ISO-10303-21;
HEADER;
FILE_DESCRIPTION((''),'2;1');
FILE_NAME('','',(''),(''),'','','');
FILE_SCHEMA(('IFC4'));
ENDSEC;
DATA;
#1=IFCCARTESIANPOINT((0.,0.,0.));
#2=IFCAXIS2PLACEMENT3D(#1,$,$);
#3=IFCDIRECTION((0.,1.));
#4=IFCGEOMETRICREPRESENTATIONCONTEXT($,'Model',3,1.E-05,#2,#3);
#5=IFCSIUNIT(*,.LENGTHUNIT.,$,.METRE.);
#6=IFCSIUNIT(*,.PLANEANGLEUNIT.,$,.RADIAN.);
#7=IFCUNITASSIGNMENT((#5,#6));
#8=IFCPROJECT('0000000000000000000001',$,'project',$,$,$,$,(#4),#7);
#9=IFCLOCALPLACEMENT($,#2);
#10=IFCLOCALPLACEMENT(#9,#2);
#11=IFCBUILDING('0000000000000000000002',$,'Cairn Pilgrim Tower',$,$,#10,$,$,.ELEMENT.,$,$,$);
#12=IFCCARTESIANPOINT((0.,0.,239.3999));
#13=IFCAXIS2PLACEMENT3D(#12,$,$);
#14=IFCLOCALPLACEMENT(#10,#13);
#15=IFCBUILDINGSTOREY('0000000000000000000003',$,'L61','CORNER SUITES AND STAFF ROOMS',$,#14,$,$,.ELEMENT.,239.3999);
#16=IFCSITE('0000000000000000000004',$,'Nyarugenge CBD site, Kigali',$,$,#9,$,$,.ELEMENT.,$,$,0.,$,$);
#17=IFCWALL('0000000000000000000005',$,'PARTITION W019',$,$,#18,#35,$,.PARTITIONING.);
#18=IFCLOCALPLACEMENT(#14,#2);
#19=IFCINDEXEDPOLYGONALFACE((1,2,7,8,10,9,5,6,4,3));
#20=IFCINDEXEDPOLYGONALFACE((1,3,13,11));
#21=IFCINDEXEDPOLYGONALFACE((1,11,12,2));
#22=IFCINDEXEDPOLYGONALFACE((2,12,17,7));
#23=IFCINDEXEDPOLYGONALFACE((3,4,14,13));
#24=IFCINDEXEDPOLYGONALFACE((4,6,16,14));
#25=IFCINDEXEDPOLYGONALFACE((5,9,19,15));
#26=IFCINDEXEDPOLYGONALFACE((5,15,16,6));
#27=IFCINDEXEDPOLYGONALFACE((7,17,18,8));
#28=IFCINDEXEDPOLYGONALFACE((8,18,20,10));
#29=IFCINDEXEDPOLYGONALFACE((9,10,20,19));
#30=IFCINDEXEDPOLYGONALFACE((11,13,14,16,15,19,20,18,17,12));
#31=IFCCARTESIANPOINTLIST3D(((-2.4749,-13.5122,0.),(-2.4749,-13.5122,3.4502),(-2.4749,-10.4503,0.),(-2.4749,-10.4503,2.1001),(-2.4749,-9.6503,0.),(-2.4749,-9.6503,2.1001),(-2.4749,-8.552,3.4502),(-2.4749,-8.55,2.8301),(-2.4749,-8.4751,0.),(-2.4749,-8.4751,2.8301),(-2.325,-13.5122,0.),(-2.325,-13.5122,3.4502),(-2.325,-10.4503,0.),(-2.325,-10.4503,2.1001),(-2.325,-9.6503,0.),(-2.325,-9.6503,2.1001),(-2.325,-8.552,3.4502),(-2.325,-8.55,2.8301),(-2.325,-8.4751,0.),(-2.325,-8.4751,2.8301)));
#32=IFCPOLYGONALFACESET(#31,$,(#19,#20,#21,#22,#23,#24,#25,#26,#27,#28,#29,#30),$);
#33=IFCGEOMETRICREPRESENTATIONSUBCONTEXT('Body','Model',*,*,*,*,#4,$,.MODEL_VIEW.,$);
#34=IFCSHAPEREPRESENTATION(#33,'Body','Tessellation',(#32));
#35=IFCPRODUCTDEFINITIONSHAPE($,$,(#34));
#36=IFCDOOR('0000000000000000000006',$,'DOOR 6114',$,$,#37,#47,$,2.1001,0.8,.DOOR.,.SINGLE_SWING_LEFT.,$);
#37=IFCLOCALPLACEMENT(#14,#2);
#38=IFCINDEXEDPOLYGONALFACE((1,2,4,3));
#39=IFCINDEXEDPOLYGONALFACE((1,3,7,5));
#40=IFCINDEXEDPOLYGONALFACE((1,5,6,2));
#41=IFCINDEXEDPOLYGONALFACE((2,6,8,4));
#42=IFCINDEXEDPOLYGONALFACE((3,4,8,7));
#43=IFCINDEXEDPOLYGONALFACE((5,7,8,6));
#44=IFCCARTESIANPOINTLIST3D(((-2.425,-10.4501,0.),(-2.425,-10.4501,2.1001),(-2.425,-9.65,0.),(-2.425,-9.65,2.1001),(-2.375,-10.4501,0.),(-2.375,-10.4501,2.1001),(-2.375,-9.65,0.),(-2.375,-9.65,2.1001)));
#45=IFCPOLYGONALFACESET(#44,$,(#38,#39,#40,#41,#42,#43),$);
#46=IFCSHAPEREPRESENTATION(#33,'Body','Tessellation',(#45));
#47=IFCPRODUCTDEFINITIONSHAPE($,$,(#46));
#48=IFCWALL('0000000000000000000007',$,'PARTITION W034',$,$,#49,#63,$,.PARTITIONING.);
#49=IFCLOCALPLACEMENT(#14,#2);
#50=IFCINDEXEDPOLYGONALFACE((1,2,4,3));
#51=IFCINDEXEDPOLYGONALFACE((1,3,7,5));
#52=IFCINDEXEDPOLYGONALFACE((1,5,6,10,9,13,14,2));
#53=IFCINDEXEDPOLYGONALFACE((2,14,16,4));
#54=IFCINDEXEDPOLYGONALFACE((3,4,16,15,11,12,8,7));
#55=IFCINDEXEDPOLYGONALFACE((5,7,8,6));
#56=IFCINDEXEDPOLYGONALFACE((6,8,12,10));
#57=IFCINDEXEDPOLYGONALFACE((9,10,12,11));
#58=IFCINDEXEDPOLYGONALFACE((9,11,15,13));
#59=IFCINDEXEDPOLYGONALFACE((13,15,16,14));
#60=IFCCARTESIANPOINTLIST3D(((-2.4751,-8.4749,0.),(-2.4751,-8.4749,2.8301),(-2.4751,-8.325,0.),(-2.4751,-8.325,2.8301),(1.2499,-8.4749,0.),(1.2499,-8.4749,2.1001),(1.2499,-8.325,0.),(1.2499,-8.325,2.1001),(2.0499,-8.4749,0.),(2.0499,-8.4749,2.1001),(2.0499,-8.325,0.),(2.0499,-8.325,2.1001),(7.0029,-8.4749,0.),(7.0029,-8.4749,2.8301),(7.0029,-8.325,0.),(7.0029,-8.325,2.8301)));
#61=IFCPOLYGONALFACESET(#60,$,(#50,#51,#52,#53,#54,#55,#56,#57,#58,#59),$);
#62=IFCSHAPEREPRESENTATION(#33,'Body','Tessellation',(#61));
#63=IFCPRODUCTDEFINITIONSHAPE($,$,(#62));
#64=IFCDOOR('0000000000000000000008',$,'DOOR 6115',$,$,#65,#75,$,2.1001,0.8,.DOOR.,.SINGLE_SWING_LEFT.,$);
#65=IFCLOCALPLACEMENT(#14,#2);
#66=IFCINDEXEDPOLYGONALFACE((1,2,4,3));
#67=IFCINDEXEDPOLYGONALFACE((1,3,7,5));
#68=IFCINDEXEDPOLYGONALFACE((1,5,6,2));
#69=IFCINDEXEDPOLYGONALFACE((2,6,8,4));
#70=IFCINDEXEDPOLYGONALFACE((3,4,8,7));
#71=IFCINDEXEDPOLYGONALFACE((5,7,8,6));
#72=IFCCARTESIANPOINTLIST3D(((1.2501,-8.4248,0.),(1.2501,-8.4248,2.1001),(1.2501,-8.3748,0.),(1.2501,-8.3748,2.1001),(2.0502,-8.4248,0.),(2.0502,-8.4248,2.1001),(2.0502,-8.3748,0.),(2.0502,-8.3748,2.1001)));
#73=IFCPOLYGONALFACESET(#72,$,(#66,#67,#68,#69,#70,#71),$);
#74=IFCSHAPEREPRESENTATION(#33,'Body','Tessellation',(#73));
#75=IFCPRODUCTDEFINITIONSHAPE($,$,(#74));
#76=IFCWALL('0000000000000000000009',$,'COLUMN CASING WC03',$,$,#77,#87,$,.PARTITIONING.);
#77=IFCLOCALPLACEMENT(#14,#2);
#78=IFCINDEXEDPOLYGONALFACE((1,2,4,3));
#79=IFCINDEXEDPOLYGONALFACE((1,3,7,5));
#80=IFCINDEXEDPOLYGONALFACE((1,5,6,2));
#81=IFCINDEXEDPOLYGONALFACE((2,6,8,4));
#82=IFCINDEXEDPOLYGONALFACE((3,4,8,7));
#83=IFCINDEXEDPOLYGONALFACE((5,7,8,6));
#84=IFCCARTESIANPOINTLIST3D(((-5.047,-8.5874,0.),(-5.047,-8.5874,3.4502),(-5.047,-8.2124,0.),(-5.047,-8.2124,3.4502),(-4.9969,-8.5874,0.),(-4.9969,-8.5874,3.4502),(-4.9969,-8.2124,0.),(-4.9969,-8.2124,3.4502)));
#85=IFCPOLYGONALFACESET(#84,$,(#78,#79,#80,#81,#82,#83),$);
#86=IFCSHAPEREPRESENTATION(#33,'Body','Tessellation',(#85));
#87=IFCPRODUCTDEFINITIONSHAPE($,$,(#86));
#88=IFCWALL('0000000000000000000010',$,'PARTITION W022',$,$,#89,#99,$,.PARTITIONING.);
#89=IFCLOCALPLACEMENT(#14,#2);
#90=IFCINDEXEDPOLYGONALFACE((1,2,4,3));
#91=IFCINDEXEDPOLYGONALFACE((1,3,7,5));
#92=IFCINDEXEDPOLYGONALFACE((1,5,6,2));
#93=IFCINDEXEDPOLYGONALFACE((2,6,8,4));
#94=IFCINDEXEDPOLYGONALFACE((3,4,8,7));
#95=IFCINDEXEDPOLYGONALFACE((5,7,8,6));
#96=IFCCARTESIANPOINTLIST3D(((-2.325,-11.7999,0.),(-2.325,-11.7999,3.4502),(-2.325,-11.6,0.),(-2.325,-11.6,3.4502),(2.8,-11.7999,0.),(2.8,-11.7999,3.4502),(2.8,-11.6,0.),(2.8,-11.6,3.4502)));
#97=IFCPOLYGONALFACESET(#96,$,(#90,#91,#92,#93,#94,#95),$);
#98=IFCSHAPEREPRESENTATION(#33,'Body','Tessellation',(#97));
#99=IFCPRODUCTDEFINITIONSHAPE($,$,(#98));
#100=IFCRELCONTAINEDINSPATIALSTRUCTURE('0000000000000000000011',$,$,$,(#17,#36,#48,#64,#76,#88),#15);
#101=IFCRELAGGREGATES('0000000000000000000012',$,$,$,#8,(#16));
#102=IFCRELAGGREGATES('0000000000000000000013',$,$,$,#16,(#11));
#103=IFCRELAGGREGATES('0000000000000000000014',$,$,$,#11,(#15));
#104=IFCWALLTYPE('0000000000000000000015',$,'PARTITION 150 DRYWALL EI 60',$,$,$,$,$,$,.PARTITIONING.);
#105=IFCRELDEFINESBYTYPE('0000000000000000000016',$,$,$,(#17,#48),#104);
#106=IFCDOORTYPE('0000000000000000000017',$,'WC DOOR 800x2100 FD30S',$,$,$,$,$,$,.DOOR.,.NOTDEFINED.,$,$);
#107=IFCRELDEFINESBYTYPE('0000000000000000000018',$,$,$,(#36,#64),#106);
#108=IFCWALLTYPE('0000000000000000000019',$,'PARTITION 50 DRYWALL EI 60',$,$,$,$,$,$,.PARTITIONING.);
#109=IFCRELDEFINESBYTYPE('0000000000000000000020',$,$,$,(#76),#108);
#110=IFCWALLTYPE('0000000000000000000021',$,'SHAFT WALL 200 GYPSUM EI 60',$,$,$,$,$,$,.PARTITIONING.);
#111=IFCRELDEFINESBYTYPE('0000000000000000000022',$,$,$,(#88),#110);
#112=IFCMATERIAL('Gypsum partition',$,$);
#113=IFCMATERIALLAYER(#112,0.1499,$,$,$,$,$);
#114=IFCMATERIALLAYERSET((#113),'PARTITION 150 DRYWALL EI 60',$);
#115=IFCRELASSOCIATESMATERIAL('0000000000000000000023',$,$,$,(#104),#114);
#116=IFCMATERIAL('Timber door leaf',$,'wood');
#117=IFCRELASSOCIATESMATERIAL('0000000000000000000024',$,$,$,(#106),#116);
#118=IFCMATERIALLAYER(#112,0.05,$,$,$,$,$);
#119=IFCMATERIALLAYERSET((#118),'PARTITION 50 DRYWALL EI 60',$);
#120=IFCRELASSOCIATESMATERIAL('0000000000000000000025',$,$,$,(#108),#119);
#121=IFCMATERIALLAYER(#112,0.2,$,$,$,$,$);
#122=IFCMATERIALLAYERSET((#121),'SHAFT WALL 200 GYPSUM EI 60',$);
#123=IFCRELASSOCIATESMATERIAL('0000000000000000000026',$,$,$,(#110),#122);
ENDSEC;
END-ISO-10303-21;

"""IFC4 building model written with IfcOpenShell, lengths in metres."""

from ifc_helpers import new_model, si_unit, direction, frame, frame_2d, origin, place, context, subcontext, project, spatial, polyline, rectangle, outline, extrude, material, layer, layer_set, type_object, element, fill, save


model = new_model("IFC4")

# Units and contexts
model_context = context("Model", 3, precision=1e-05, world=origin(), true_north=direction((0.0, 1.0)))
body_context = subcontext(model_context, "Body", "Model", "MODEL_VIEW")
ifc_project = project(units=[si_unit("LENGTHUNIT", "METRE"), si_unit("PLANEANGLEUNIT", "RADIAN")], contexts=[model_context])

# Site, building, storey
site_placement = place(None, origin())
site = spatial("IfcSite", under=ifc_project, at=site_placement, Name="Nyarugenge CBD site, Kigali", CompositionType="ELEMENT", RefElevation=0.0)
building_placement = place(site_placement, origin())
building = spatial("IfcBuilding", under=site, at=building_placement, Name="Cairn Pilgrim Tower", CompositionType="ELEMENT")
storey_placement = place(building_placement, frame((0.0, 0.0, 239.3999)))
storey = spatial("IfcBuildingStorey", under=building, at=storey_placement, Name="L61", Description="CORNER SUITES AND STAFF ROOMS", CompositionType="ELEMENT", Elevation=239.3999)

# Shared definitions
ifc_material_1 = material(Name="Gypsum partition")
ifc_layer_1 = layer(ifc_material_1, 0.1499)
ifc_layer_set_1 = layer_set([ifc_layer_1], Name="PARTITION 150 DRYWALL EI 60")
wall_type_1 = type_object("IfcWallType", Name="PARTITION 150 DRYWALL EI 60", PredefinedType="PARTITIONING", material=ifc_layer_set_1)

# Walls, openings, doors
wall_1_placement = place(storey_placement, frame((-2.3999, -13.5122, 0.0), z_axis=(0.0, 0.0, 1.0), x_axis=(0.0, 1.0, 0.0)))
wall_1 = element("IfcWall", 1, at=wall_1_placement, inside=storey, type_object=wall_type_1, Name="PARTITION W019", PredefinedType="PARTITIONING", context=body_context, shape_type="SweptSolid", body=[
    extrude(outline(polyline([(0.0, 0.0), (5.0371, 0.0), (5.0371, 2.8301), (4.9622, 2.8301), (4.9602, 3.4502), (0.0, 3.4502), (0.0, 0.0)])), frame((0.0, 0.075, 0.0), z_axis=(0.0, -1.0, 0.0), x_axis=(1.0, 0.0, 0.0)), (0.0, 0.0, 1.0), 0.1499),
])
opening_1_placement = place(wall_1_placement, frame((3.062, 0.0, 0.0)))
opening_1 = element("IfcOpeningElement", 2, at=opening_1_placement, cuts=wall_1, PredefinedType="OPENING", context=body_context, shape_type="SweptSolid", body=[
    extrude(rectangle(XDim=0.8, YDim=2.1001, at=frame_2d((0.3999, 1.05))), frame((0.0, 0.085, 0.0), z_axis=(0.0, -1.0, 0.0), x_axis=(1.0, 0.0, 0.0)), (0.0, 0.0, 1.0), 0.1699),
])
ifc_material_2 = material(Name="Timber door leaf", Category="wood")
door_type = type_object("IfcDoorType", Name="WC DOOR 800x2100 FD30S", OperationType="NOTDEFINED", PredefinedType="DOOR", material=ifc_material_2)
door_1_placement = place(opening_1_placement, frame((0.8, 0.0, 0.0), z_axis=(0.0, 0.0, 1.0), x_axis=(-1.0, 0.0, 0.0)))
door_1 = element("IfcDoor", 3, at=door_1_placement, inside=storey, type_object=door_type, Name="DOOR 6114", OperationType="SINGLE_SWING_LEFT", OverallHeight=2.1001, OverallWidth=0.8, PredefinedType="DOOR", context=body_context, shape_type="SweptSolid", body=[
    extrude(rectangle(XDim=0.8, YDim=2.1001, at=frame_2d((0.3999, 1.05))), frame((0.0, 0.0249, 0.0), z_axis=(0.0, -1.0, 0.0), x_axis=(1.0, 0.0, 0.0)), (0.0, 0.0, 1.0), 0.05),
])
fill(opening_1, door_1)
wall_2_placement = place(storey_placement, frame((-2.4751, -8.3999, 0.0), z_axis=(0.0, 0.0, 1.0), x_axis=(1.0, 0.0, 0.0)))
wall_2 = element("IfcWall", 4, at=wall_2_placement, inside=storey, type_object=wall_type_1, Name="PARTITION W034", PredefinedType="PARTITIONING", context=body_context, shape_type="SweptSolid", body=[
    extrude(rectangle(XDim=9.478, YDim=0.1499, at=frame_2d((4.739, 0.0))), origin(), (0.0, 0.0, 1.0), 2.8301),
])
opening_2_placement = place(wall_2_placement, frame((3.7251, 0.0, 0.0)))
opening_2 = element("IfcOpeningElement", 5, at=opening_2_placement, cuts=wall_2, PredefinedType="OPENING", context=body_context, shape_type="SweptSolid", body=[
    extrude(rectangle(XDim=0.8, YDim=2.1001, at=frame_2d((0.3999, 1.05))), frame((0.0, 0.085, 0.0), z_axis=(0.0, -1.0, 0.0), x_axis=(1.0, 0.0, 0.0)), (0.0, 0.0, 1.0), 0.1699),
])
door_2_placement = place(opening_2_placement, frame((0.8, 0.0, 0.0), z_axis=(0.0, 0.0, 1.0), x_axis=(-1.0, 0.0, 0.0)))
door_2 = element("IfcDoor", 6, at=door_2_placement, inside=storey, type_object=door_type, Name="DOOR 6115", OperationType="SINGLE_SWING_LEFT", OverallHeight=2.1001, OverallWidth=0.8, PredefinedType="DOOR", context=body_context, shape_type="SweptSolid", body=[
    extrude(rectangle(XDim=0.8, YDim=2.1001, at=frame_2d((0.3999, 1.05))), frame((0.0, 0.0249, 0.0), z_axis=(0.0, -1.0, 0.0), x_axis=(1.0, 0.0, 0.0)), (0.0, 0.0, 1.0), 0.05),
])
fill(opening_2, door_2)

# Walls
ifc_layer_2 = layer(ifc_material_1, 0.05)
ifc_layer_set_2 = layer_set([ifc_layer_2], Name="PARTITION 50 DRYWALL EI 60")
wall_type_2 = type_object("IfcWallType", Name="PARTITION 50 DRYWALL EI 60", PredefinedType="PARTITIONING", material=ifc_layer_set_2)
wall_3_placement = place(storey_placement, frame((-5.022, -8.5874, 0.0), z_axis=(0.0, 0.0, 1.0), x_axis=(0.0, 1.0, 0.0)))
element("IfcWall", 7, at=wall_3_placement, inside=storey, type_object=wall_type_2, Name="COLUMN CASING WC03", PredefinedType="PARTITIONING", context=body_context, shape_type="SweptSolid", body=[
    extrude(rectangle(XDim=0.375, YDim=0.05, at=frame_2d((0.1875, 0.0))), origin(), (0.0, 0.0, 1.0), 3.4502),
])
ifc_layer_3 = layer(ifc_material_1, 0.2)
ifc_layer_set_3 = layer_set([ifc_layer_3], Name="SHAFT WALL 200 GYPSUM EI 60")
wall_type_3 = type_object("IfcWallType", Name="SHAFT WALL 200 GYPSUM EI 60", PredefinedType="PARTITIONING", material=ifc_layer_set_3)
wall_4_placement = place(storey_placement, frame((-2.325, -11.7, 0.0), z_axis=(0.0, 0.0, 1.0), x_axis=(1.0, 0.0, 0.0)))
element("IfcWall", 8, at=wall_4_placement, inside=storey, type_object=wall_type_3, Name="PARTITION W022", PredefinedType="PARTITIONING", context=body_context, shape_type="SweptSolid", body=[
    extrude(rectangle(XDim=5.125, YDim=0.2, at=frame_2d((2.5625, 0.0))), origin(), (0.0, 0.0, 1.0), 3.4502),
])

save(model, "model.ifc")
